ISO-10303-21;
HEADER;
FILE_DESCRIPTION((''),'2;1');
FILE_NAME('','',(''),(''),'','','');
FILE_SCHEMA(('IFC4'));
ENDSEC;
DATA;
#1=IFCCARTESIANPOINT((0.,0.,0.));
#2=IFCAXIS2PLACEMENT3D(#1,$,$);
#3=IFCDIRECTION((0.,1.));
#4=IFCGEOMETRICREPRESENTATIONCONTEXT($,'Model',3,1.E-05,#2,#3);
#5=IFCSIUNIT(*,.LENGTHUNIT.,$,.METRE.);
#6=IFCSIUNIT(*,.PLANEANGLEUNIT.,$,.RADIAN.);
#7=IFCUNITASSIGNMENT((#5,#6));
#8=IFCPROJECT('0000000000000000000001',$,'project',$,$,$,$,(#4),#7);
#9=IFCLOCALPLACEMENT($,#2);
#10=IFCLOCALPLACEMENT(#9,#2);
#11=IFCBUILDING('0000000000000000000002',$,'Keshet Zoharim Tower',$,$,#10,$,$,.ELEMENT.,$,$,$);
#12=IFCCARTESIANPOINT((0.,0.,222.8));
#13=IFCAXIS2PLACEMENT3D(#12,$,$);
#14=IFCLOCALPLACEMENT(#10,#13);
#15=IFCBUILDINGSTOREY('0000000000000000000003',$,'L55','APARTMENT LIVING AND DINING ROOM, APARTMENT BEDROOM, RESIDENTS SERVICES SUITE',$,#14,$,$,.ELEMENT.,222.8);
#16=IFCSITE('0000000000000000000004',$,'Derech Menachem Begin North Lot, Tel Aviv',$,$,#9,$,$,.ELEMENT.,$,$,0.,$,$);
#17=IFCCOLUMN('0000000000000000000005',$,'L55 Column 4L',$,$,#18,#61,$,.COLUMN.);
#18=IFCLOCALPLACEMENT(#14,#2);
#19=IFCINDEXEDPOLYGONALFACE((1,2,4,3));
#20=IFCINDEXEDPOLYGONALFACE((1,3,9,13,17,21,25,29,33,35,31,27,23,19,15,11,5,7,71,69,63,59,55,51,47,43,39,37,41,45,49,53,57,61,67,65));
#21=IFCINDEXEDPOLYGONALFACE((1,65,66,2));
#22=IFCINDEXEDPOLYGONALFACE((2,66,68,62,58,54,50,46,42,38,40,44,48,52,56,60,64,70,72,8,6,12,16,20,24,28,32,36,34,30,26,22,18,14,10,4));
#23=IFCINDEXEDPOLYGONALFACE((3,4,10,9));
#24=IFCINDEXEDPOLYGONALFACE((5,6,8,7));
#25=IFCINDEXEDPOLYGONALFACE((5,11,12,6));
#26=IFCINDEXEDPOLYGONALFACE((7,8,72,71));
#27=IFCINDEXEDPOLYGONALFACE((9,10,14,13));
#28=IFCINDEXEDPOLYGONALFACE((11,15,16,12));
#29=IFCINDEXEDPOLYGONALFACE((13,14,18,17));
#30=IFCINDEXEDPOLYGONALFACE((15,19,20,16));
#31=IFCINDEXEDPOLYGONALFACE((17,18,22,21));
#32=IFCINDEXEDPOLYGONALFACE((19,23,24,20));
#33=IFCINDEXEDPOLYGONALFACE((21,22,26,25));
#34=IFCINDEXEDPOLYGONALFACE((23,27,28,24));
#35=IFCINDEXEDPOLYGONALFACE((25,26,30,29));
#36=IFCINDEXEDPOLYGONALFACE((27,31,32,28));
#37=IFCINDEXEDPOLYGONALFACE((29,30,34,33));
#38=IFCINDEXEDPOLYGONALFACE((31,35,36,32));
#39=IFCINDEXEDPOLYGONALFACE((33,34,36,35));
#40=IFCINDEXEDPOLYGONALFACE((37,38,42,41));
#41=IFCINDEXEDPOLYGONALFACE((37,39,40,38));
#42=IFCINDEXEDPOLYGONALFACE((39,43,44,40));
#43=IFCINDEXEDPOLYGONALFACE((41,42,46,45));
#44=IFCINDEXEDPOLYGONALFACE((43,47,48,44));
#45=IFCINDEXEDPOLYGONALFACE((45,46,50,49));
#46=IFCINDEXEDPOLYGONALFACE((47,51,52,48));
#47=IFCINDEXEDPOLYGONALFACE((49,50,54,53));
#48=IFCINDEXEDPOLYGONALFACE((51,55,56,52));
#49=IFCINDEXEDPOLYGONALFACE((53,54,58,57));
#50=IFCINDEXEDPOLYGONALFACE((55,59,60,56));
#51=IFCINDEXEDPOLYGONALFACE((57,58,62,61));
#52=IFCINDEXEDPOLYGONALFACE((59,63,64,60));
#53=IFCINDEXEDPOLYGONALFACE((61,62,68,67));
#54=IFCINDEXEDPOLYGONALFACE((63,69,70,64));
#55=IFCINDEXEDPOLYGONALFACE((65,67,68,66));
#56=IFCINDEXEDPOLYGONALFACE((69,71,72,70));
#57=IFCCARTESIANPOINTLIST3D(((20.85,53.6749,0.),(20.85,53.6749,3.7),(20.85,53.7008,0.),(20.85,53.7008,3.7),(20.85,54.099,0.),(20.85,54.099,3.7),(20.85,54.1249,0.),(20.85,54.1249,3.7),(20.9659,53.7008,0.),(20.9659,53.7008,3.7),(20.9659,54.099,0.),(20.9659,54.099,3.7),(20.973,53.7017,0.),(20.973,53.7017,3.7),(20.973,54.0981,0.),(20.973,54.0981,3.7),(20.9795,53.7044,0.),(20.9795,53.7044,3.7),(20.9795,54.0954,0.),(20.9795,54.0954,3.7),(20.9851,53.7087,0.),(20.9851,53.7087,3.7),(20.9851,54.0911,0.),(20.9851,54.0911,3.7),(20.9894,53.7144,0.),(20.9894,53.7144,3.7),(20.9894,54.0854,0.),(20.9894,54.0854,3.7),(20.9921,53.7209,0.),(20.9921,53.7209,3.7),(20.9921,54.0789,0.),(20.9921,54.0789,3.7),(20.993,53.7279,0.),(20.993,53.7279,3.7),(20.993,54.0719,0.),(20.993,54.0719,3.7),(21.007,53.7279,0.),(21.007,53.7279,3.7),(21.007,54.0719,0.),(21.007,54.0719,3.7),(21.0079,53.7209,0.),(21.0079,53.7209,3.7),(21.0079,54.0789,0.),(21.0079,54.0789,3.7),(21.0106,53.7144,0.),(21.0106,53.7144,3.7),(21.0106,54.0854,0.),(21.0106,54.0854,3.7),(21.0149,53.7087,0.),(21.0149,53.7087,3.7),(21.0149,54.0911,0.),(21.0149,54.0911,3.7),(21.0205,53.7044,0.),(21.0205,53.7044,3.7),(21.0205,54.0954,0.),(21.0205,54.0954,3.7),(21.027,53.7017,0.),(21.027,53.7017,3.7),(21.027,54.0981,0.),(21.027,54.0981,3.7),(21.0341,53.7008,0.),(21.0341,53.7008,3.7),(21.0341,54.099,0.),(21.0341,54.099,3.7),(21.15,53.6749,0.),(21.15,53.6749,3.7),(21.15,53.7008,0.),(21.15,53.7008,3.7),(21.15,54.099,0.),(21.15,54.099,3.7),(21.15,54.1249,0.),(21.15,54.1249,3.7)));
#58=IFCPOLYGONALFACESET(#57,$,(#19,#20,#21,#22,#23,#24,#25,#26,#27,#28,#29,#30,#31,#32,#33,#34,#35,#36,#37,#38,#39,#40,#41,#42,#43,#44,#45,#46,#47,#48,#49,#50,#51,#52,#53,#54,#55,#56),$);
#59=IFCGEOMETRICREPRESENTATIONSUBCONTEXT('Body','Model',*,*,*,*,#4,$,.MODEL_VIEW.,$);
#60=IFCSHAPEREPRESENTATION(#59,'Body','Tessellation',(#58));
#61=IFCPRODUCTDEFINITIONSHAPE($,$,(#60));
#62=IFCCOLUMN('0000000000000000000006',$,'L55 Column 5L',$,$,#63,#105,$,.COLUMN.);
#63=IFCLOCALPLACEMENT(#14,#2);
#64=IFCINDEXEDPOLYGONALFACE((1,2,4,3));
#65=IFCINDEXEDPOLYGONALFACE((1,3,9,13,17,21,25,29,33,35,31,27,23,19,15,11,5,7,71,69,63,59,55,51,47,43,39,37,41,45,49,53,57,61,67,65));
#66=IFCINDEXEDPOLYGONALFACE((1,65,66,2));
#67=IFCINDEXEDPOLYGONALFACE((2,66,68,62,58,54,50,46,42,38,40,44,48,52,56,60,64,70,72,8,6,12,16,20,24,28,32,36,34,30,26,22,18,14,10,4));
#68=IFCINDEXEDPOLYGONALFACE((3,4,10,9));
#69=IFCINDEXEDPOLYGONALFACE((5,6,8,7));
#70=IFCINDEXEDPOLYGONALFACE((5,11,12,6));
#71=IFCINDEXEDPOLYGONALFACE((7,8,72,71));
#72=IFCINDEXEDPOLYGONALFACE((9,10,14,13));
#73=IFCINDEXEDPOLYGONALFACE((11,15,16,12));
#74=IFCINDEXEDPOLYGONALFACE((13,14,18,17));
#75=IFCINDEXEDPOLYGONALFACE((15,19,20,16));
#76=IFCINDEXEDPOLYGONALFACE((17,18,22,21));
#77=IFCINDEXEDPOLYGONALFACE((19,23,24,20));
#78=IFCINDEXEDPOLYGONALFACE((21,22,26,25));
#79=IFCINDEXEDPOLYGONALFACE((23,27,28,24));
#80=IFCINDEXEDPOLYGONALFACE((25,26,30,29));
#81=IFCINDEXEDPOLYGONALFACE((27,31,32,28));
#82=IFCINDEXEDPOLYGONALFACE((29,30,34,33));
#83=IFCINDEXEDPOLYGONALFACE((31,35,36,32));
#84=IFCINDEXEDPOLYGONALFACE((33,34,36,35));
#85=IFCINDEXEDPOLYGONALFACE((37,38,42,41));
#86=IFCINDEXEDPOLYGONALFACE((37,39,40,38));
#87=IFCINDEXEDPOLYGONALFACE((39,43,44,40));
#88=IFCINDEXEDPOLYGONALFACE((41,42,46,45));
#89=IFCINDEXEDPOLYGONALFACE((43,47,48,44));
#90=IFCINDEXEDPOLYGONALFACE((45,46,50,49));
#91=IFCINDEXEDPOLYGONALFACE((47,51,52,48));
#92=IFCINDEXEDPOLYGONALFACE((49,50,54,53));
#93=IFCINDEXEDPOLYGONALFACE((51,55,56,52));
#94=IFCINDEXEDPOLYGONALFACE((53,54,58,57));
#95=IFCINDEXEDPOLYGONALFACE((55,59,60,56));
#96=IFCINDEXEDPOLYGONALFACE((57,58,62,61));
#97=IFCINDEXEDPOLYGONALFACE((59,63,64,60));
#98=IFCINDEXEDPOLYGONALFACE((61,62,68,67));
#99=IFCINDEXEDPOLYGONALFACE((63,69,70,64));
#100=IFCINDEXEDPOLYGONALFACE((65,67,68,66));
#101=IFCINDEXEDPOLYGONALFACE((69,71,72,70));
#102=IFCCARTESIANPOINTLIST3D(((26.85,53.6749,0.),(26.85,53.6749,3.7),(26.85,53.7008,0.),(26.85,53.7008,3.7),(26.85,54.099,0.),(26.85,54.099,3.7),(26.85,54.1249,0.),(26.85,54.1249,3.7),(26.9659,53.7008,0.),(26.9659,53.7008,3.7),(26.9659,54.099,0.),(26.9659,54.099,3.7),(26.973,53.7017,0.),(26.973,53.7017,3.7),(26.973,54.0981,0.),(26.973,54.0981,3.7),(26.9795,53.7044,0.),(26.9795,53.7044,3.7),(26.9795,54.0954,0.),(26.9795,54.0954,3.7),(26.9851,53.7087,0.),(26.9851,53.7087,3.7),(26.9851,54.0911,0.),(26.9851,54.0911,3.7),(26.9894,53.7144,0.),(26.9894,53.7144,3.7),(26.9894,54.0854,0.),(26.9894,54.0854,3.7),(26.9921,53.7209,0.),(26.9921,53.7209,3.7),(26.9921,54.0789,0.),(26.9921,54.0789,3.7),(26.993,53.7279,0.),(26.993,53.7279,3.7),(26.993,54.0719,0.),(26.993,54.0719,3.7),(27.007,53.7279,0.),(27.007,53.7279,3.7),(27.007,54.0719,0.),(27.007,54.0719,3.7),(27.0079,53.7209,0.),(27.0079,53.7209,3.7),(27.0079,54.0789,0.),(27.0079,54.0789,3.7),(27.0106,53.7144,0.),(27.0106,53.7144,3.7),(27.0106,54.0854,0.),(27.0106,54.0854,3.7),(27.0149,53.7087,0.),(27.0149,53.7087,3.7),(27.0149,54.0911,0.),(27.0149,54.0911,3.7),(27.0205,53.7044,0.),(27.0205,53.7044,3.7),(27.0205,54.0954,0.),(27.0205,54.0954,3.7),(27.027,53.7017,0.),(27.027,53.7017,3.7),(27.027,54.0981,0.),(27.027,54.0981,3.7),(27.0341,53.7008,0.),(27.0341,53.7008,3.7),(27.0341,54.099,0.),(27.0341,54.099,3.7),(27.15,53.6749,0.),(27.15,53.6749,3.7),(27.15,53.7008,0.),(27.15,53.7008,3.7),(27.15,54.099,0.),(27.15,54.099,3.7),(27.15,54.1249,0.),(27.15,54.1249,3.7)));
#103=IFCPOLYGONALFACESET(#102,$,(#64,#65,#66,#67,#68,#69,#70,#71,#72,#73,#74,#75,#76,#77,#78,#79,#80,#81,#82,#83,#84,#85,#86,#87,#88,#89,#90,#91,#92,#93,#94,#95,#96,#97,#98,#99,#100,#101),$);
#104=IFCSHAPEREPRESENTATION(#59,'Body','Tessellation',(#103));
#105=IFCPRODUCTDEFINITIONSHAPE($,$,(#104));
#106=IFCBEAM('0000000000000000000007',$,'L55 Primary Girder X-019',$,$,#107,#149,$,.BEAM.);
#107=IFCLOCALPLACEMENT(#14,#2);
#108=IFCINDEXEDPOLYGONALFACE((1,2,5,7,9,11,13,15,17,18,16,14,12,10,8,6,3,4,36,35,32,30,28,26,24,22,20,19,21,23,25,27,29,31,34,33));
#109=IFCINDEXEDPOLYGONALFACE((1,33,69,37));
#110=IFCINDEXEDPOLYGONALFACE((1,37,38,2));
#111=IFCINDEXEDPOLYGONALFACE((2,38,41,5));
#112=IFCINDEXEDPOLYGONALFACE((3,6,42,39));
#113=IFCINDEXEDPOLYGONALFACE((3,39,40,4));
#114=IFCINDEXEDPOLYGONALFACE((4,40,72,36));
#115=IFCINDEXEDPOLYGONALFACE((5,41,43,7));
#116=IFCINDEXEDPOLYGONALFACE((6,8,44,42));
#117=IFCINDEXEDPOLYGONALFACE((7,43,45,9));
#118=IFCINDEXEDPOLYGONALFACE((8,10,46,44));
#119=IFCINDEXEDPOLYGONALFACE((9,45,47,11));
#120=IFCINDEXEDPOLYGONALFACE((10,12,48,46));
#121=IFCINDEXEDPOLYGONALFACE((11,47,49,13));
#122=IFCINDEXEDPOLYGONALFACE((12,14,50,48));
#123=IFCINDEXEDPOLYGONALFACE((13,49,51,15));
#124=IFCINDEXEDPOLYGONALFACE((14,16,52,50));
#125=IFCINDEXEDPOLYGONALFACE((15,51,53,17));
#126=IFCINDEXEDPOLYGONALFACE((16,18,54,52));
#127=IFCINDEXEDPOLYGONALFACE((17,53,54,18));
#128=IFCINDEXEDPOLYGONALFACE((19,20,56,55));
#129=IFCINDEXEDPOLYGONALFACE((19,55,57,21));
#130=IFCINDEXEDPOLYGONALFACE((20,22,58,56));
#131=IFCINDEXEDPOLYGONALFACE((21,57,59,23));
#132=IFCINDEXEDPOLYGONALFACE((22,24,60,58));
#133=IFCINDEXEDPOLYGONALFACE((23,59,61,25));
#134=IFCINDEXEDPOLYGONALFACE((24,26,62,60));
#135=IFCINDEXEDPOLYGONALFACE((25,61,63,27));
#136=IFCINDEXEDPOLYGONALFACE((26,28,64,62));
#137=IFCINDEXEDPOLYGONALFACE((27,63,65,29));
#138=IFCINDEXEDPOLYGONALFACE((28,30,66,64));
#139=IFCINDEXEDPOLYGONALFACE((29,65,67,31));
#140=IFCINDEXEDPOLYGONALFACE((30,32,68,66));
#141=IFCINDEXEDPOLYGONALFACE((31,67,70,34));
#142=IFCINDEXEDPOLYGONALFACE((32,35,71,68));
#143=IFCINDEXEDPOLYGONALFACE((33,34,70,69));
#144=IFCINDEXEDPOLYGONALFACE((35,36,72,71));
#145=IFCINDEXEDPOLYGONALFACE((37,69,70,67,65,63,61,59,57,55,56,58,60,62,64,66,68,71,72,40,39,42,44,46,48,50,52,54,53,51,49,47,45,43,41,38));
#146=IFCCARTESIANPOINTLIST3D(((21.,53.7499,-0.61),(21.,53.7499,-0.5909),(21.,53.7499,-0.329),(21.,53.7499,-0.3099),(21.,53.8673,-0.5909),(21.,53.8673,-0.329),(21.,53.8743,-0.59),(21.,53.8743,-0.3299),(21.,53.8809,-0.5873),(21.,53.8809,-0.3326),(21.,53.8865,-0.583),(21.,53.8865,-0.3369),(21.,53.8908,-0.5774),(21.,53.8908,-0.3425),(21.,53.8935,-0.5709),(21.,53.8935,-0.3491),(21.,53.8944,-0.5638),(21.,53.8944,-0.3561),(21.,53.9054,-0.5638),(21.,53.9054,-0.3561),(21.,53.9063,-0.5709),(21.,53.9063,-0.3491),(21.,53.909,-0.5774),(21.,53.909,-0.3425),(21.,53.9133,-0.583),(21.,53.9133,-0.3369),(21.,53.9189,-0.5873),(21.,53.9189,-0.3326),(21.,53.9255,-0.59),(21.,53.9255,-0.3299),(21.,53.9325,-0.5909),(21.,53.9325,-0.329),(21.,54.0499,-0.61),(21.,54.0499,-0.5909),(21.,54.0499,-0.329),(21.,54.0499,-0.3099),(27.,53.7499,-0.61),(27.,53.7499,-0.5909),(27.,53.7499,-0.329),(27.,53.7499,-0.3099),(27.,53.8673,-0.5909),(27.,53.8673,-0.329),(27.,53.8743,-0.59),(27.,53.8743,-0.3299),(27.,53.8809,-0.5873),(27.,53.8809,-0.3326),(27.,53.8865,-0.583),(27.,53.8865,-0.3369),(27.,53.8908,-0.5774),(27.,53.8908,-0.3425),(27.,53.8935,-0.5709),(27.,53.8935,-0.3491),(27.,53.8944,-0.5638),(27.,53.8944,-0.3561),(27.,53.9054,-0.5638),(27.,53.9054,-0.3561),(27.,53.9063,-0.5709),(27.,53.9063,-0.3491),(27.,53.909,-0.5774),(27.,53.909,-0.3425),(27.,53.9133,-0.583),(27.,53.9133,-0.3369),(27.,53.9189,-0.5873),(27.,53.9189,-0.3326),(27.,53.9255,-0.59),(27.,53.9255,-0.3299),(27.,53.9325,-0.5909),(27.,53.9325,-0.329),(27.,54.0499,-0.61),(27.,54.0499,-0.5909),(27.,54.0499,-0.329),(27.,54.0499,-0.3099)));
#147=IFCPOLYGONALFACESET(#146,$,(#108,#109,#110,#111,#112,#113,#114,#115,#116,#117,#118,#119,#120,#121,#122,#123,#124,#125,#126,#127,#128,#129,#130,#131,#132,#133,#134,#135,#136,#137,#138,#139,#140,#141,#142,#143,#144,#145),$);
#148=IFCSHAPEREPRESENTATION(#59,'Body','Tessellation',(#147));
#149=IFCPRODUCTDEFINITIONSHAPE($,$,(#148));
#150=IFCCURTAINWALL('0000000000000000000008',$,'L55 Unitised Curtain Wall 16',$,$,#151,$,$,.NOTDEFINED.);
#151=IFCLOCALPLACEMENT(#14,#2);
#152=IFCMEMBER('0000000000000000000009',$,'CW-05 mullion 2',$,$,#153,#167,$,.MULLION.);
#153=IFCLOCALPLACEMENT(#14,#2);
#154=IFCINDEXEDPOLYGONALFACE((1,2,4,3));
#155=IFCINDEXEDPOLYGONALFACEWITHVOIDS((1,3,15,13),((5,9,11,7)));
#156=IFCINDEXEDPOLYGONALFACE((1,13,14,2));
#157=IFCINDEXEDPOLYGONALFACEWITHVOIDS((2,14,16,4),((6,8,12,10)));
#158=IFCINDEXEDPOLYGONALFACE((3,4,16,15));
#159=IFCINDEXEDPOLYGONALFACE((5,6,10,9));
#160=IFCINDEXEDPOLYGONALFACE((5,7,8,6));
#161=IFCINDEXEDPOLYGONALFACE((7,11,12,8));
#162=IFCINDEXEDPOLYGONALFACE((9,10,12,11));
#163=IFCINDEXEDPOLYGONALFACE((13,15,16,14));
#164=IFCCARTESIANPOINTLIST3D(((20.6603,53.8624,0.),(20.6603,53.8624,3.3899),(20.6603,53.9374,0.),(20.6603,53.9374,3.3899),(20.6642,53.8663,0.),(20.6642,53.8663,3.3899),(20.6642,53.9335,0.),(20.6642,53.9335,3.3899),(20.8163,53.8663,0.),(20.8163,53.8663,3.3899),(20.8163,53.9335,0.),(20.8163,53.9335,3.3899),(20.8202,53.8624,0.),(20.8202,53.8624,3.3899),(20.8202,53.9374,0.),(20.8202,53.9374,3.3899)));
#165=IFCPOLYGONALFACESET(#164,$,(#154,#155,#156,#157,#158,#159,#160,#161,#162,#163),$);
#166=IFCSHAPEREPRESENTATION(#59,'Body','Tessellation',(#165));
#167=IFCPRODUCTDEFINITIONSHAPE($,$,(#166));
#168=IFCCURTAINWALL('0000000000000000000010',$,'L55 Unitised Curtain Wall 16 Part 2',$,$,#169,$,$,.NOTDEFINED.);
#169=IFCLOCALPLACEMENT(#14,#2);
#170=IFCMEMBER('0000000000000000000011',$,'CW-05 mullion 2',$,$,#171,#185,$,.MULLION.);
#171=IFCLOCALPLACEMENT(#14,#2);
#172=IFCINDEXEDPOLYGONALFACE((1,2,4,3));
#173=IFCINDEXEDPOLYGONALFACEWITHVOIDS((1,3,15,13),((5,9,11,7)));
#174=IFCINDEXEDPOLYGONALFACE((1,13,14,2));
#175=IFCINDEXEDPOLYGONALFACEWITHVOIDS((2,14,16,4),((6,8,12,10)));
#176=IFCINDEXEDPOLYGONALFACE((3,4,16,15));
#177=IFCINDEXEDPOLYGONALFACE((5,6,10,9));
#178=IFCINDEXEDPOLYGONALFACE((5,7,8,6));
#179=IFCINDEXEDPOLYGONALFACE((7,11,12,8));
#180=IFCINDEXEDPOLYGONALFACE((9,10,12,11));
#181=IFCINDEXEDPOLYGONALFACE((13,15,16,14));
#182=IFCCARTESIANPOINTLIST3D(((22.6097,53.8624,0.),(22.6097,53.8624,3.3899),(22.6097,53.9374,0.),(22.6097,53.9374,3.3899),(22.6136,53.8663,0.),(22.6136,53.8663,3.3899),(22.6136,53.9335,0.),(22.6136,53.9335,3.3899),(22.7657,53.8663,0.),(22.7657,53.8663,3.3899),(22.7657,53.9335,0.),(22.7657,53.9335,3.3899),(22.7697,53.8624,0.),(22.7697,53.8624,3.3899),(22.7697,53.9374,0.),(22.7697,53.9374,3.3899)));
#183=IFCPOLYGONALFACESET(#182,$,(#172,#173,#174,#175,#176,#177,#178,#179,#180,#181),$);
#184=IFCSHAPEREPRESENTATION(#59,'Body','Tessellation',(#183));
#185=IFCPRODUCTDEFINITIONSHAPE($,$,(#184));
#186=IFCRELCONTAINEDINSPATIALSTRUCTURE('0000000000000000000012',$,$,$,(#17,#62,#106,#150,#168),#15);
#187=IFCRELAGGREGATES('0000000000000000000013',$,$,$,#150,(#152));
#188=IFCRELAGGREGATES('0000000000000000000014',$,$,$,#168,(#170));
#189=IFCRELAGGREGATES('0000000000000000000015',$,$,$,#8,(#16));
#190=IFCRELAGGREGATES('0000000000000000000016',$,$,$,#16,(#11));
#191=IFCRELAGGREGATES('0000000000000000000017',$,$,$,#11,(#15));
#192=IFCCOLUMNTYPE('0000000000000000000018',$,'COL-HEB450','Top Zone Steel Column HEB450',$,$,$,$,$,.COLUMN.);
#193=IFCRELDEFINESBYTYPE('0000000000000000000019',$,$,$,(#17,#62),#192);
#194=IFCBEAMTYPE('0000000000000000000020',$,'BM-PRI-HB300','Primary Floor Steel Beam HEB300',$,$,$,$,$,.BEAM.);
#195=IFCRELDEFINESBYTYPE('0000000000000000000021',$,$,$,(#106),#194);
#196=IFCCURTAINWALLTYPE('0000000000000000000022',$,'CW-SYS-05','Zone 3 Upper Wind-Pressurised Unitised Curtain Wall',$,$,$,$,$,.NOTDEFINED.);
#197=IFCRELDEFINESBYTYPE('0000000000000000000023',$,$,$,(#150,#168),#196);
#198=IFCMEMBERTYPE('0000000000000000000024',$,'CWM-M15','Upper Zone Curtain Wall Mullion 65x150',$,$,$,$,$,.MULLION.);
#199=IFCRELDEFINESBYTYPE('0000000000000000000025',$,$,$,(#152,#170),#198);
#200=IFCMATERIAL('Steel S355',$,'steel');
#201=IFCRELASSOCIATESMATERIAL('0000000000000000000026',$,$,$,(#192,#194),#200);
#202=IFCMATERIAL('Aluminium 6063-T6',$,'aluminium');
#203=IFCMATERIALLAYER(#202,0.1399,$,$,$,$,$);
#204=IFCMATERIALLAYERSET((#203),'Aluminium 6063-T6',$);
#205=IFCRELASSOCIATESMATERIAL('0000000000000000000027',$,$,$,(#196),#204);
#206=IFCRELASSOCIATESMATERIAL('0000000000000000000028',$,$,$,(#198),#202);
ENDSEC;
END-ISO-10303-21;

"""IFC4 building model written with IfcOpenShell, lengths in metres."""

from ifc_helpers import new_model, si_unit, direction, frame, origin, origin_2d, place, context, subcontext, project, spatial, hollow_rectangle, i_section, extrude, material, layer, layer_set, material_profile, profile_set, type_object, element, aggregate, save


model = new_model("IFC4")

# Units and contexts
model_context = context("Model", 3, precision=1e-05, world=origin(), true_north=direction((0.0, 1.0)))
body_context = subcontext(model_context, "Body", "Model", "MODEL_VIEW")
ifc_project = project(units=[si_unit("LENGTHUNIT", "METRE"), si_unit("PLANEANGLEUNIT", "RADIAN")], contexts=[model_context])

# Site, building, storey
site_placement = place(None, origin())
site = spatial("IfcSite", under=ifc_project, at=site_placement, Name="Derech Menachem Begin North Lot, Tel Aviv", CompositionType="ELEMENT", RefElevation=0.0)
building_placement = place(site_placement, origin())
building = spatial("IfcBuilding", under=site, at=building_placement, Name="Keshet Zoharim Tower", CompositionType="ELEMENT")
storey_placement = place(building_placement, frame((0.0, 0.0, 222.8)))
storey = spatial("IfcBuildingStorey", under=building, at=storey_placement, Name="L55", Description="APARTMENT LIVING AND DINING ROOM, APARTMENT BEDROOM, RESIDENTS SERVICES SUITE", CompositionType="ELEMENT", Elevation=222.8)

# Columns
ifc_material_1 = material(Name="Steel S355", Category="steel")
ifc_material_profile_1 = material_profile(ifc_material_1, i_section(OverallWidth=0.3, OverallDepth=0.45, WebThickness=0.0139, FlangeThickness=0.0259, FilletRadius=0.0271, at=origin_2d()), Name="HEB450")
ifc_profile_set_1 = profile_set([ifc_material_profile_1], Name="Steel S355")
column_type = type_object("IfcColumnType", Name="COL-HEB450", Description="Top Zone Steel Column HEB450", PredefinedType="COLUMN", material=ifc_profile_set_1)
for number, where, z_axis, x_axis, name in (
    (1, (21.0, 53.8999, 0.0), (0.0, 0.0, 1.0), (1.0, 0.0, 0.0), "L55 Column 4L"),
    (2, (27.0, 53.8999, 0.0), (0.0, 0.0, 1.0), (1.0, 0.0, 0.0), "L55 Column 5L"),
):
    element("IfcColumn", number, at=place(storey_placement, frame(where, z_axis=z_axis, x_axis=x_axis)), inside=storey, type_object=column_type, Name=name, PredefinedType="COLUMN", context=body_context, shape_type="SweptSolid", body=[
        extrude(i_section(OverallWidth=0.3, OverallDepth=0.45, WebThickness=0.0139, FlangeThickness=0.0259, FilletRadius=0.0271, at=origin_2d()), origin(), (0.0, 0.0, 1.0), 3.7),
    ])

# Beam
ifc_material_profile_2 = material_profile(ifc_material_1, i_section(OverallWidth=0.3, OverallDepth=0.3, WebThickness=0.011, FlangeThickness=0.019, FilletRadius=0.0271, at=origin_2d()), Name="HEB300")
ifc_profile_set_2 = profile_set([ifc_material_profile_2], Name="Steel S355")
beam_type = type_object("IfcBeamType", Name="BM-PRI-HB300", Description="Primary Floor Steel Beam HEB300", PredefinedType="BEAM", material=ifc_profile_set_2)
beam_placement = place(storey_placement, frame((21.0, 53.8999, -0.46), z_axis=(1.0, 0.0, 0.0), x_axis=(0.0, 1.0, 0.0)))
element("IfcBeam", 3, at=beam_placement, inside=storey, type_object=beam_type, Name="L55 Primary Girder X-019", PredefinedType="BEAM", context=body_context, shape_type="SweptSolid", body=[
    extrude(i_section(OverallWidth=0.3, OverallDepth=0.3, WebThickness=0.011, FlangeThickness=0.019, FilletRadius=0.0271, at=origin_2d()), origin(), (0.0, 0.0, 1.0), 6.0),
])

# Curtain walls, members
ifc_material_2 = material(Name="Aluminium 6063-T6", Category="aluminium")
ifc_layer_1 = layer(ifc_material_2, 0.1399)
ifc_layer_set_1 = layer_set([ifc_layer_1], Name="Aluminium 6063-T6")
curtain_wall_type = type_object("IfcCurtainWallType", Name="CW-SYS-05", Description="Zone 3 Upper Wind-Pressurised Unitised Curtain Wall", PredefinedType="NOTDEFINED", material=ifc_layer_set_1)
curtain_wall_1_placement = place(storey_placement, origin())
curtain_wall_1 = element("IfcCurtainWall", 4, at=curtain_wall_1_placement, inside=storey, type_object=curtain_wall_type, Name="L55 Unitised Curtain Wall 16", PredefinedType="NOTDEFINED")
ifc_material_profile_3 = material_profile(ifc_material_2, hollow_rectangle(XDim=0.075, YDim=0.1599, WallThickness=0.0039, at=origin_2d()), Name="MUL-75x160")
ifc_profile_set_3 = profile_set([ifc_material_profile_3], Name="Aluminium 6063-T6")
member_type_1 = type_object("IfcMemberType", Name="CWM-M15", Description="Upper Zone Curtain Wall Mullion 65x150", PredefinedType="MULLION", material=ifc_profile_set_3)
member_1_placement = place(storey_placement, frame((20.7402, 53.8999, 0.0), z_axis=(0.0, 0.0, 1.0), x_axis=(0.0, 1.0, 0.0)))
member_1 = element("IfcMember", 5, at=member_1_placement, type_object=member_type_1, Name="CW-05 mullion 2", PredefinedType="MULLION", context=body_context, shape_type="SweptSolid", body=[
    extrude(hollow_rectangle(XDim=0.075, YDim=0.1599, WallThickness=0.0039, at=origin_2d()), origin(), (0.0, 0.0, 1.0), 3.3899),
])
curtain_wall_2_placement = place(storey_placement, origin())
curtain_wall_2 = element("IfcCurtainWall", 6, at=curtain_wall_2_placement, inside=storey, type_object=curtain_wall_type, Name="L55 Unitised Curtain Wall 16 Part 2", PredefinedType="NOTDEFINED")
member_2_placement = place(storey_placement, frame((22.6897, 53.8999, 0.0), z_axis=(0.0, 0.0, 1.0), x_axis=(0.0, 1.0, 0.0)))
member_2 = element("IfcMember", 7, at=member_2_placement, type_object=member_type_1, Name="CW-05 mullion 2", PredefinedType="MULLION", context=body_context, shape_type="SweptSolid", body=[
    extrude(hollow_rectangle(XDim=0.075, YDim=0.1599, WallThickness=0.0039, at=origin_2d()), origin(), (0.0, 0.0, 1.0), 3.3899),
])

aggregate(curtain_wall_1, [member_1])
aggregate(curtain_wall_2, [member_2])

save(model, "model.ifc")
